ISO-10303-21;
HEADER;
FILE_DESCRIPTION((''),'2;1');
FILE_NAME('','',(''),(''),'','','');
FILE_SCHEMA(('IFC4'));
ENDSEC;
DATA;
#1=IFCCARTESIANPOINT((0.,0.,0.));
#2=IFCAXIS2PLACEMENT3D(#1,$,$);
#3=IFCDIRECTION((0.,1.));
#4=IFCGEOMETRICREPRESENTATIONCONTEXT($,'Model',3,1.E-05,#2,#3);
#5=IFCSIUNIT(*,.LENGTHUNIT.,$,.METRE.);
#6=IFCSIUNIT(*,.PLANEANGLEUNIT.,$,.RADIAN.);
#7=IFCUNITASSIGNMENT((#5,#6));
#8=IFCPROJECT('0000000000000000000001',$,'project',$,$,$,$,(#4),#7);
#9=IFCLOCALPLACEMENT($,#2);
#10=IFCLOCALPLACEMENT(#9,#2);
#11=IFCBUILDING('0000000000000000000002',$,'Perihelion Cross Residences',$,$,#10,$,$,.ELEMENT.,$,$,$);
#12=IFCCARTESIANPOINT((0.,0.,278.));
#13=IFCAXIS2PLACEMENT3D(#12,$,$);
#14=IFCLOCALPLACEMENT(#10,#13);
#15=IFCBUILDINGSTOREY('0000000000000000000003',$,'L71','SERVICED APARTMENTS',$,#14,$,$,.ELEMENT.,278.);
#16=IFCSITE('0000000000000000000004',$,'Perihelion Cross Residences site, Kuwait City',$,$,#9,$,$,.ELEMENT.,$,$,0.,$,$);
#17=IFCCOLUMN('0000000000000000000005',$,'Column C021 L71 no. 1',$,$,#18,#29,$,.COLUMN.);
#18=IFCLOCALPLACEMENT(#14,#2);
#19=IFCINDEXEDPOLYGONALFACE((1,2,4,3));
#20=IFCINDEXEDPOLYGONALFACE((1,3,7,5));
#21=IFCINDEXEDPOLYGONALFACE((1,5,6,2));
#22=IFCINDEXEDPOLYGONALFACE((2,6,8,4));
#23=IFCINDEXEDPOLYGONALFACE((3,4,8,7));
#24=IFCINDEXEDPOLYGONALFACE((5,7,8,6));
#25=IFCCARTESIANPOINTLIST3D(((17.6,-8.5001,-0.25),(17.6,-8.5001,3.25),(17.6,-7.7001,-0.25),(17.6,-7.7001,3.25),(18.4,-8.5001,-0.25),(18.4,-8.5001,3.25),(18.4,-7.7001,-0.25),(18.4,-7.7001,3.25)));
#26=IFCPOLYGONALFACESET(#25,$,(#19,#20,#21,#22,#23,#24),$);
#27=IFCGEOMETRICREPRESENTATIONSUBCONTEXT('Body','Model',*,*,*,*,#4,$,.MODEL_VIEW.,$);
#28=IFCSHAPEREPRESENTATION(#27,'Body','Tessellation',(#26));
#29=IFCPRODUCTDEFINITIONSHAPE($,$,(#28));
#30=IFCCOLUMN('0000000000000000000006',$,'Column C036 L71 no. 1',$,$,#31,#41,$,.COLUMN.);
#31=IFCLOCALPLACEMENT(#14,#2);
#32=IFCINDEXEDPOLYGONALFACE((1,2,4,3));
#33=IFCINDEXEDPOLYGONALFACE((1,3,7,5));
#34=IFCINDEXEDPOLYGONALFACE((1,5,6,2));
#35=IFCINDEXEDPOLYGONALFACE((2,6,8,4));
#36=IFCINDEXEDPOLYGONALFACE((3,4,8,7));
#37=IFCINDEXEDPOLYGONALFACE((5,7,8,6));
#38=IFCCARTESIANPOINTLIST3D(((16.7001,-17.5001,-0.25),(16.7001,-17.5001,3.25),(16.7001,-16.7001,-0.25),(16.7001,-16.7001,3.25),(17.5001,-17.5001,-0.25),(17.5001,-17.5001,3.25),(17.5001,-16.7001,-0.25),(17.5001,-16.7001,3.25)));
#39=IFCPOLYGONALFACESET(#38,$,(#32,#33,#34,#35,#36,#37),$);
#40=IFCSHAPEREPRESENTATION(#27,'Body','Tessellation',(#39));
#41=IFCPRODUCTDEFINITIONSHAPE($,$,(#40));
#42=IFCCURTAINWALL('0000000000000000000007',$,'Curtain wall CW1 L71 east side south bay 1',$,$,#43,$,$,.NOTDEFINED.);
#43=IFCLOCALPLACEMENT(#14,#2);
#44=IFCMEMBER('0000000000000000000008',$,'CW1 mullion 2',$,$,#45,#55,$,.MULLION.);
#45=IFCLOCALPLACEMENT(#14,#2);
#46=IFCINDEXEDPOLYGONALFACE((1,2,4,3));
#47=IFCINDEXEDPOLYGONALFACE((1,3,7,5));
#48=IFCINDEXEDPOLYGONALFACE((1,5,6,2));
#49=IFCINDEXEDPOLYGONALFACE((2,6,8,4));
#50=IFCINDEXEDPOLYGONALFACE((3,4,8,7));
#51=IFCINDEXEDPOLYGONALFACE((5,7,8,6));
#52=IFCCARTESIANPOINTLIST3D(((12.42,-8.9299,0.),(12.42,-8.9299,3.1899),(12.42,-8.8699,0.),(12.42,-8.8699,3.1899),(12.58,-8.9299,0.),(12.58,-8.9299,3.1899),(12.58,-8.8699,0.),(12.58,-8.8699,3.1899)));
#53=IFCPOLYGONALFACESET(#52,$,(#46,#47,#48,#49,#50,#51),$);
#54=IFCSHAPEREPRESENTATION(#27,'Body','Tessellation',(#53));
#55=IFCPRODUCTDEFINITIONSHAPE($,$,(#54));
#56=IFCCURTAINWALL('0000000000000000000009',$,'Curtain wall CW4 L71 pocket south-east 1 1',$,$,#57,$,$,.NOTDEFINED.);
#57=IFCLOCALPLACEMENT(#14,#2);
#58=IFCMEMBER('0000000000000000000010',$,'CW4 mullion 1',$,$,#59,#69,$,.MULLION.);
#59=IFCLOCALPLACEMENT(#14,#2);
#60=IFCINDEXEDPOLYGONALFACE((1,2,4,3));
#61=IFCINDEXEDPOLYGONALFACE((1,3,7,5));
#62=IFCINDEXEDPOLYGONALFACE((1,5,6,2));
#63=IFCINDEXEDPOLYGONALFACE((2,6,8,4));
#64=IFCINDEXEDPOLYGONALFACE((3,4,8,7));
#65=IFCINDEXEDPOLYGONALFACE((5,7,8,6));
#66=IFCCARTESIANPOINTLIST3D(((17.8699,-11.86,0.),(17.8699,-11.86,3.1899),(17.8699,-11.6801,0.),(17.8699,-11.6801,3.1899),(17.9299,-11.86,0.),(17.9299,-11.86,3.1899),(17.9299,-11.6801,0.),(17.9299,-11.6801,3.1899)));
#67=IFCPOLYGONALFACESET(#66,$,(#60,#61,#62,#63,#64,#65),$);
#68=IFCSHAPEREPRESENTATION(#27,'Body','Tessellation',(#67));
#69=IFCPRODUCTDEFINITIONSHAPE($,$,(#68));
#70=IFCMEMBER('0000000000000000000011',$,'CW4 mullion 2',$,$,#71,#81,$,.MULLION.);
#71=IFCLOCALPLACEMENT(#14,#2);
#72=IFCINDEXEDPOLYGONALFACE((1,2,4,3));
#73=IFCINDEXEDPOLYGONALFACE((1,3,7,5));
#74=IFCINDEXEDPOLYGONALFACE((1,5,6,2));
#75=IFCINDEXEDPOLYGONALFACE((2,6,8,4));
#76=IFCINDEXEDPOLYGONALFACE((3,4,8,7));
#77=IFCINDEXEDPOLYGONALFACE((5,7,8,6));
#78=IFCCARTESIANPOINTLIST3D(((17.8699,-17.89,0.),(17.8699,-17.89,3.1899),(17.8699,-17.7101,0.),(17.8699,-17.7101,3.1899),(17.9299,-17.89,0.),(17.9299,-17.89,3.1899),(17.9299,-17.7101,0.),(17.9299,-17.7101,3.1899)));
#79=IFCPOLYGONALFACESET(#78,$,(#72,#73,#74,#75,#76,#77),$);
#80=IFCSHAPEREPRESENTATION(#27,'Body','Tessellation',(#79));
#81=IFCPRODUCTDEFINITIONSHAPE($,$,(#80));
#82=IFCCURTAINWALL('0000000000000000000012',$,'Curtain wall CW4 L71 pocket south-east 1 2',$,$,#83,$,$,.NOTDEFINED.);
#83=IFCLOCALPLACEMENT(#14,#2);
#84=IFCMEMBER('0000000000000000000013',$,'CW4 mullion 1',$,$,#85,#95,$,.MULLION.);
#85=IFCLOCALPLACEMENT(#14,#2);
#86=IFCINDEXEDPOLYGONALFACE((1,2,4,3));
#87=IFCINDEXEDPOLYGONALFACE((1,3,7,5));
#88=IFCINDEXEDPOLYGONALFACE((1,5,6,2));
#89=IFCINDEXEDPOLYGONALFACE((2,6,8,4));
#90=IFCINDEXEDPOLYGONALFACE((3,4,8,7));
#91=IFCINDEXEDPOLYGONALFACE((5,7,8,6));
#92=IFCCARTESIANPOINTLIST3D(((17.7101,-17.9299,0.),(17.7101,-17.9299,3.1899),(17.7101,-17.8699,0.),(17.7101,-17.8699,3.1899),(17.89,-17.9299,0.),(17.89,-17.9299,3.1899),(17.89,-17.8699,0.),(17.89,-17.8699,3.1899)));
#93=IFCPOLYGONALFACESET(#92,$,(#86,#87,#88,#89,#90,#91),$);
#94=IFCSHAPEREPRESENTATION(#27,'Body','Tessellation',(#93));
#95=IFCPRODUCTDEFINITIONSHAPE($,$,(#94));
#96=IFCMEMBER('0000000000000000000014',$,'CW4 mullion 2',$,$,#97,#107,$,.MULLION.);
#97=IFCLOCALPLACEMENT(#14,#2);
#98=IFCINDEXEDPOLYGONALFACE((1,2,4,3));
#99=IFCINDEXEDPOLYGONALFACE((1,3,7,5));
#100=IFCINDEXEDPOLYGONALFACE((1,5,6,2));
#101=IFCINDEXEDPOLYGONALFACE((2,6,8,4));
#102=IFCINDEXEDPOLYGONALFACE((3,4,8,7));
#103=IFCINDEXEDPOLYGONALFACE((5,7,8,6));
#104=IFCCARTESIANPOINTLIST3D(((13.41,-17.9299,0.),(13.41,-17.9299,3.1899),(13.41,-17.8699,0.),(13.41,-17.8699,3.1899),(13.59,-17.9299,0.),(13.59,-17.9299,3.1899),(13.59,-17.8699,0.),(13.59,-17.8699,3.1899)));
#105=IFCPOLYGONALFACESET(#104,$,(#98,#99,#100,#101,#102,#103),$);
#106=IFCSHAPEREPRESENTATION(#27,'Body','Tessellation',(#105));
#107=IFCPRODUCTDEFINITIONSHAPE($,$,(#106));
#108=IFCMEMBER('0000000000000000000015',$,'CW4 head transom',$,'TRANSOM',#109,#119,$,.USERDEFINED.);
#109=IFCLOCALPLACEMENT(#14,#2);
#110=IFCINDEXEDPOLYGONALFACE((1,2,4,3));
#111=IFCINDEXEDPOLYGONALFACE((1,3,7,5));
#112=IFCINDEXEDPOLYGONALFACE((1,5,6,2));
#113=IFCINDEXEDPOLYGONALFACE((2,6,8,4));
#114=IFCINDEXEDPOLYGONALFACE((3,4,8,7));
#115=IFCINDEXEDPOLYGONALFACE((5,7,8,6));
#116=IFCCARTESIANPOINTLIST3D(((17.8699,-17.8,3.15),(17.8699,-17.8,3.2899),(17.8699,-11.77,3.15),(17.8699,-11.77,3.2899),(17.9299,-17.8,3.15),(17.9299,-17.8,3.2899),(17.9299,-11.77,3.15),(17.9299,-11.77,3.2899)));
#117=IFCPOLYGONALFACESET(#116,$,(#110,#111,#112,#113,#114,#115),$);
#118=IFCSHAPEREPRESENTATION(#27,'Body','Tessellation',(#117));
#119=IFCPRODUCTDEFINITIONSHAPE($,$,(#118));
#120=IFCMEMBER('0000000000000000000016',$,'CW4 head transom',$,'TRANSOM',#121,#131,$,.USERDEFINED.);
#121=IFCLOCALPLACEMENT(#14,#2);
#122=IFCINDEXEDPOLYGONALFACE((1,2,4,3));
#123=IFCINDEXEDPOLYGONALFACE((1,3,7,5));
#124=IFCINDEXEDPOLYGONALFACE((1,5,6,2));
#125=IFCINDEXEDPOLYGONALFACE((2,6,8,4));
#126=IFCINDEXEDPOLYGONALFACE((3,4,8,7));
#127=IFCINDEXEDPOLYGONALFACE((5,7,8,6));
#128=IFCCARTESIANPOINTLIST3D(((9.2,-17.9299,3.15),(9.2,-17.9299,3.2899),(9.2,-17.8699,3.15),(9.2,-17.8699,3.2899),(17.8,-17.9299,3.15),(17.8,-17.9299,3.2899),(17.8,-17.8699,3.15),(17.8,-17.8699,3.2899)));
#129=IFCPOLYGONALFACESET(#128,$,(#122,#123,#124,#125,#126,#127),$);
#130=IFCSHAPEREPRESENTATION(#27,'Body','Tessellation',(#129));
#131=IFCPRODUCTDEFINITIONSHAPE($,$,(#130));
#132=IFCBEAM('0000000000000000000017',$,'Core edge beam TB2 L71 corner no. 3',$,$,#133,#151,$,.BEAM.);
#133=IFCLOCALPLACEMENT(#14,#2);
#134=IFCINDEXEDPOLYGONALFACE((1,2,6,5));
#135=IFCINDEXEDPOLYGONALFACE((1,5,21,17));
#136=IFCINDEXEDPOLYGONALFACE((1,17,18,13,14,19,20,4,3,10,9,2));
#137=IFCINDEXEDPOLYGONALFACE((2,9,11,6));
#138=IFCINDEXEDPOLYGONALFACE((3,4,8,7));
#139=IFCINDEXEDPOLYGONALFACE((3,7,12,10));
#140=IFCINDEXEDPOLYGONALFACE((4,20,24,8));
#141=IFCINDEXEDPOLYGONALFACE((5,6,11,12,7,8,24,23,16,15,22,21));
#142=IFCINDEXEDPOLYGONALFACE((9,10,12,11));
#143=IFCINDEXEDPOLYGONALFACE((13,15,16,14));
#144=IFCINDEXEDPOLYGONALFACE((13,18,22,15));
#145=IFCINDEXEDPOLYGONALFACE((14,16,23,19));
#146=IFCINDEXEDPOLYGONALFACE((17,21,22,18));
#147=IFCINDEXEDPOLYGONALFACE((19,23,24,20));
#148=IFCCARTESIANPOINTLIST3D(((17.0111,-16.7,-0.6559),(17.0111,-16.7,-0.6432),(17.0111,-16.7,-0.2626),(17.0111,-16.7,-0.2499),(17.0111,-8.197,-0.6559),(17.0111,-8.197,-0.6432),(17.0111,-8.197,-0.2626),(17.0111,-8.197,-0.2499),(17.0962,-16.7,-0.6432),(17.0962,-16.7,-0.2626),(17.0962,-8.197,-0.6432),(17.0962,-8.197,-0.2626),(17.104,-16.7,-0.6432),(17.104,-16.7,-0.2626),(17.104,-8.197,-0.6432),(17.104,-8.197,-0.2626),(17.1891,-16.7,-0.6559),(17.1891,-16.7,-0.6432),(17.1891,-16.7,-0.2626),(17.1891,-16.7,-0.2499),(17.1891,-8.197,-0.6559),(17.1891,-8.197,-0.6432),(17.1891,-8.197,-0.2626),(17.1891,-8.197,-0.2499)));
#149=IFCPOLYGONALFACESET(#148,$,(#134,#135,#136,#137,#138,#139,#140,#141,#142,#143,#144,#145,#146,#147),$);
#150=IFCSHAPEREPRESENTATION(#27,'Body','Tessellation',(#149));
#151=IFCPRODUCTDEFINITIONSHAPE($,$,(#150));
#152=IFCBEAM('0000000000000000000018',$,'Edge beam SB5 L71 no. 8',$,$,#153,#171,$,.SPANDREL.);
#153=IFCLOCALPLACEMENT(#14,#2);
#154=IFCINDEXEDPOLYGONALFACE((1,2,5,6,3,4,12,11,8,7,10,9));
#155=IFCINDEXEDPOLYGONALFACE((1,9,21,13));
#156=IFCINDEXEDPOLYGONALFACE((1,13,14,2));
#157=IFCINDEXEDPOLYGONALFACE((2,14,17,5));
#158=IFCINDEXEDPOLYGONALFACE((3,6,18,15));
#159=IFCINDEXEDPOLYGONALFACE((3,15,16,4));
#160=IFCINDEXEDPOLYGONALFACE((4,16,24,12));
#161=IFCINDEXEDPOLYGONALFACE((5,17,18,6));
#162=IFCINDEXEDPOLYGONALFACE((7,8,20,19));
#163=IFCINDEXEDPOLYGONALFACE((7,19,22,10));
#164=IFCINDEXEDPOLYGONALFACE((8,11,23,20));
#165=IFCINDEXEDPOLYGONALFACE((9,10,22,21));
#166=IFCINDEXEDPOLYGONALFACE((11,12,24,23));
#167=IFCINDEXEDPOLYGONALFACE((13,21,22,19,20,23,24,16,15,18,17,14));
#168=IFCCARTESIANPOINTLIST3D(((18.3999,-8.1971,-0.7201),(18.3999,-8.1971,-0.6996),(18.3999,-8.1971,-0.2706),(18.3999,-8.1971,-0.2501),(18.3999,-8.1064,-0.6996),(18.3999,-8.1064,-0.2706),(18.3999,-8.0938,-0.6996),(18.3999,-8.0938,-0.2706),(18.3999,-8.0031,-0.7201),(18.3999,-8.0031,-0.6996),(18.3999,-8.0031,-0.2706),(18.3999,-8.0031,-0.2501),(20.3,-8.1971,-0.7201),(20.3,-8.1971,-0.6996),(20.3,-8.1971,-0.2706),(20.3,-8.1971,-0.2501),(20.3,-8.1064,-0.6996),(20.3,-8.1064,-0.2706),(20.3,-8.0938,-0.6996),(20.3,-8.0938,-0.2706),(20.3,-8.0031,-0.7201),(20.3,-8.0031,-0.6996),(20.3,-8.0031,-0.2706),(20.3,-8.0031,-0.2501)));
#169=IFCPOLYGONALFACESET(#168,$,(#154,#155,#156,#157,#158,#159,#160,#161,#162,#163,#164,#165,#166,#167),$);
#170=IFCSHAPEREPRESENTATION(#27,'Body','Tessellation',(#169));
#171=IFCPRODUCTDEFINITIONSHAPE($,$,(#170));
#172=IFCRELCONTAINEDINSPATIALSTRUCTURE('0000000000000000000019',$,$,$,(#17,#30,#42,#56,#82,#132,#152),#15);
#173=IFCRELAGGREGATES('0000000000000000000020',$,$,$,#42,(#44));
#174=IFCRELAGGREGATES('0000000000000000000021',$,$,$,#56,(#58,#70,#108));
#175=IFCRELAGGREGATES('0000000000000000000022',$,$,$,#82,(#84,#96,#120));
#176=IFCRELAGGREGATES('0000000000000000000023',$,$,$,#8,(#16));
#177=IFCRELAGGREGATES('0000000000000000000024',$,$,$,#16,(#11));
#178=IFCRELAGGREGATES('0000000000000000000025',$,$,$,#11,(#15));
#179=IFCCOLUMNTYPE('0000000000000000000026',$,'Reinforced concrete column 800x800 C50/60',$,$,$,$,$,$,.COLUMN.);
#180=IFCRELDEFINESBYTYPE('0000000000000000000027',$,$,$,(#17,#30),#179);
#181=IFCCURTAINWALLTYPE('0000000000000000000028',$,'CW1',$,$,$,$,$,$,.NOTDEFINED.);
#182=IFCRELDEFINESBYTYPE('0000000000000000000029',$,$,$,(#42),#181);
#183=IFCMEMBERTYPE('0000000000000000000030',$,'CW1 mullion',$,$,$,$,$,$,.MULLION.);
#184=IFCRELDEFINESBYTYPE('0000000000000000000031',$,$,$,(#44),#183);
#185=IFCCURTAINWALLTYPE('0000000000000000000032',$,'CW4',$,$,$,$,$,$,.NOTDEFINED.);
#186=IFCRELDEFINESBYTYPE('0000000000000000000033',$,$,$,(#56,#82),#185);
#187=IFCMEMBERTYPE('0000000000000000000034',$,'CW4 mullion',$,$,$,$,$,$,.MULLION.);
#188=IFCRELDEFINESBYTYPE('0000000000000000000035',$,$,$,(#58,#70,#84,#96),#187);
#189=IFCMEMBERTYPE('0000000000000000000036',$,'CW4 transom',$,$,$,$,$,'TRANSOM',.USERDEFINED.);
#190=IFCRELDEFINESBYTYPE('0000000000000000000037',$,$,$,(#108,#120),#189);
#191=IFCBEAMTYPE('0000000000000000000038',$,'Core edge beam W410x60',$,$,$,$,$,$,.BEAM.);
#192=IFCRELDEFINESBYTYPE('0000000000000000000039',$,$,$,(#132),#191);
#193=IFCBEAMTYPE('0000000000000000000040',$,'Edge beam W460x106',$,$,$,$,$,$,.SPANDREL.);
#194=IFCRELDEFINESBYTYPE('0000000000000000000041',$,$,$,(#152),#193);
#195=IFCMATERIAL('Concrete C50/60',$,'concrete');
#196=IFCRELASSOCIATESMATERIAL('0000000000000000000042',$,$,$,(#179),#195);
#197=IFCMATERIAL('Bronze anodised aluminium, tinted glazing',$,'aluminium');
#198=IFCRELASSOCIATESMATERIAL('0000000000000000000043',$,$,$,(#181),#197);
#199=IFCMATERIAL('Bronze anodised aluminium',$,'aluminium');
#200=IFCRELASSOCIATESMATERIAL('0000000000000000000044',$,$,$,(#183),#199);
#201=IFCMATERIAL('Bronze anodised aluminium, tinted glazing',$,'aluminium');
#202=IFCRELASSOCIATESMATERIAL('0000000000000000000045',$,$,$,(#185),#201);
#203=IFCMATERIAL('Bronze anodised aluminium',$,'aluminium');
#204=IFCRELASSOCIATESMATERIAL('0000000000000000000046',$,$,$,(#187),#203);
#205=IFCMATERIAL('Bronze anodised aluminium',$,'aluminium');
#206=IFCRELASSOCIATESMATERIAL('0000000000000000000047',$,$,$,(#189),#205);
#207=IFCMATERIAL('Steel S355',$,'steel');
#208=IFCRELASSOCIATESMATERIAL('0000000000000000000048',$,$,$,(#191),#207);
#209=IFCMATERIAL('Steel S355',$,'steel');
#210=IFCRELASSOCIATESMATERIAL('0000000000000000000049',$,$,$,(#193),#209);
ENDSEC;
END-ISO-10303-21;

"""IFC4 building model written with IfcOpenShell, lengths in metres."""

from ifc_helpers import new_model, si_unit, direction, frame, origin, origin_2d, place, context, subcontext, project, spatial, rectangle, i_section, extrude, material, material_profile, profile_set, type_object, element, aggregate, save


model = new_model("IFC4")

# Units and contexts
model_context = context("Model", 3, precision=1e-05, world=origin(), true_north=direction((0.0, 1.0)))
body_context = subcontext(model_context, "Body", "Model", "MODEL_VIEW")
ifc_project = project(units=[si_unit("LENGTHUNIT", "METRE"), si_unit("PLANEANGLEUNIT", "RADIAN")], contexts=[model_context])

# Site, building, storey
site_placement = place(None, origin())
site = spatial("IfcSite", under=ifc_project, at=site_placement, Name="Perihelion Cross Residences site, Kuwait City", CompositionType="ELEMENT", RefElevation=0.0)
building_placement = place(site_placement, origin())
building = spatial("IfcBuilding", under=site, at=building_placement, Name="Perihelion Cross Residences", CompositionType="ELEMENT")
storey_placement = place(building_placement, frame((0.0, 0.0, 278.0)))
storey = spatial("IfcBuildingStorey", under=building, at=storey_placement, Name="L71", Description="SERVICED APARTMENTS", CompositionType="ELEMENT", Elevation=278.0)

# Columns
ifc_material_1 = material(Name="Concrete C50/60", Category="concrete")
ifc_material_profile_1 = material_profile(ifc_material_1, rectangle(XDim=0.8, YDim=0.8, at=origin_2d()), Name="RC 800x800")
ifc_profile_set_1 = profile_set([ifc_material_profile_1], Name="Concrete C50/60")
column_type = type_object("IfcColumnType", Name="Reinforced concrete column 800x800 C50/60", PredefinedType="COLUMN", material=ifc_profile_set_1)
for number, where, z_axis, x_axis, name in (
    (1, (18.0, -8.1001, -0.25), (0.0, 0.0, 1.0), (1.0, 0.0, 0.0), "Column C021 L71 no. 1"),
    (2, (17.1001, -17.1001, -0.25), (0.0, 0.0, 1.0), (1.0, 0.0, 0.0), "Column C036 L71 no. 1"),
):
    element("IfcColumn", number, at=place(storey_placement, frame(where, z_axis=z_axis, x_axis=x_axis)), inside=storey, type_object=column_type, Name=name, PredefinedType="COLUMN", context=body_context, shape_type="SweptSolid", body=[
        extrude(rectangle(XDim=0.8, YDim=0.8, at=origin_2d()), origin(), (0.0, 0.0, 1.0), 3.5),
    ])

# Curtain wall, member
ifc_material_2 = material(Name="Bronze anodised aluminium, tinted glazing", Category="aluminium")
curtain_wall_type_1 = type_object("IfcCurtainWallType", Name="CW1", PredefinedType="NOTDEFINED", material=ifc_material_2)
curtain_wall_1_placement = place(storey_placement, origin())
curtain_wall_1 = element("IfcCurtainWall", 3, at=curtain_wall_1_placement, inside=storey, type_object=curtain_wall_type_1, Name="Curtain wall CW1 L71 east side south bay 1", PredefinedType="NOTDEFINED")
ifc_material_3 = material(Name="Bronze anodised aluminium", Category="aluminium")
ifc_material_profile_2 = material_profile(ifc_material_3, rectangle(XDim=0.0601, YDim=0.1599, at=origin_2d()), Name="CW1 mullion")
ifc_profile_set_2 = profile_set([ifc_material_profile_2], Name="Bronze anodised aluminium")
member_type_1 = type_object("IfcMemberType", Name="CW1 mullion", PredefinedType="MULLION", material=ifc_profile_set_2)
member_1_placement = place(storey_placement, frame((12.5, -8.8999, 0.0), z_axis=(0.0, 0.0, 1.0), x_axis=(0.0, 1.0, 0.0)))
member_1 = element("IfcMember", 4, at=member_1_placement, type_object=member_type_1, Name="CW1 mullion 2", PredefinedType="MULLION", context=body_context, shape_type="SweptSolid", body=[
    extrude(rectangle(XDim=0.0601, YDim=0.1599, at=origin_2d()), origin(), (0.0, 0.0, 1.0), 3.1899),
])

# Curtain walls, members
ifc_material_4 = material(Name="Bronze anodised aluminium, tinted glazing", Category="aluminium")
curtain_wall_type_2 = type_object("IfcCurtainWallType", Name="CW4", PredefinedType="NOTDEFINED", material=ifc_material_4)
curtain_wall_2_placement = place(storey_placement, origin())
curtain_wall_2 = element("IfcCurtainWall", 5, at=curtain_wall_2_placement, inside=storey, type_object=curtain_wall_type_2, Name="Curtain wall CW4 L71 pocket south-east 1 1", PredefinedType="NOTDEFINED")
ifc_material_5 = material(Name="Bronze anodised aluminium", Category="aluminium")
ifc_material_profile_3 = material_profile(ifc_material_5, rectangle(XDim=0.0601, YDim=0.1799, at=origin_2d()), Name="CW4 mullion")
ifc_profile_set_3 = profile_set([ifc_material_profile_3], Name="Bronze anodised aluminium")
member_type_2 = type_object("IfcMemberType", Name="CW4 mullion", PredefinedType="MULLION", material=ifc_profile_set_3)
member_2_placement = place(storey_placement, frame((17.8999, -11.77, 0.0), z_axis=(0.0, 0.0, 1.0), x_axis=(1.0, 0.0, 0.0)))
member_2 = element("IfcMember", 6, at=member_2_placement, type_object=member_type_2, Name="CW4 mullion 1", PredefinedType="MULLION", context=body_context, shape_type="SweptSolid", body=[
    extrude(rectangle(XDim=0.0601, YDim=0.1799, at=origin_2d()), origin(), (0.0, 0.0, 1.0), 3.1899),
])
member_3_placement = place(storey_placement, frame((17.8999, -17.8, 0.0), z_axis=(0.0, 0.0, 1.0), x_axis=(1.0, 0.0, 0.0)))
member_3 = element("IfcMember", 7, at=member_3_placement, type_object=member_type_2, Name="CW4 mullion 2", PredefinedType="MULLION", context=body_context, shape_type="SweptSolid", body=[
    extrude(rectangle(XDim=0.0601, YDim=0.1799, at=origin_2d()), origin(), (0.0, 0.0, 1.0), 3.1899),
])
curtain_wall_3_placement = place(storey_placement, origin())
curtain_wall_3 = element("IfcCurtainWall", 8, at=curtain_wall_3_placement, inside=storey, type_object=curtain_wall_type_2, Name="Curtain wall CW4 L71 pocket south-east 1 2", PredefinedType="NOTDEFINED")
member_4_placement = place(storey_placement, frame((17.8, -17.8999, 0.0), z_axis=(0.0, 0.0, 1.0), x_axis=(0.0, -1.0, 0.0)))
member_4 = element("IfcMember", 9, at=member_4_placement, type_object=member_type_2, Name="CW4 mullion 1", PredefinedType="MULLION", context=body_context, shape_type="SweptSolid", body=[
    extrude(rectangle(XDim=0.0601, YDim=0.1799, at=origin_2d()), origin(), (0.0, 0.0, 1.0), 3.1899),
])
member_5_placement = place(storey_placement, frame((13.5, -17.8999, 0.0), z_axis=(0.0, 0.0, 1.0), x_axis=(0.0, -1.0, 0.0)))
member_5 = element("IfcMember", 10, at=member_5_placement, type_object=member_type_2, Name="CW4 mullion 2", PredefinedType="MULLION", context=body_context, shape_type="SweptSolid", body=[
    extrude(rectangle(XDim=0.0601, YDim=0.1799, at=origin_2d()), origin(), (0.0, 0.0, 1.0), 3.1899),
])

# Members
ifc_material_6 = material(Name="Bronze anodised aluminium", Category="aluminium")
ifc_material_profile_4 = material_profile(ifc_material_6, rectangle(XDim=0.0601, YDim=0.1399, at=origin_2d()), Name="CW4 transom")
ifc_profile_set_4 = profile_set([ifc_material_profile_4], Name="Bronze anodised aluminium")
member_type_3 = type_object("IfcMemberType", Name="CW4 transom", ElementType="TRANSOM", PredefinedType="USERDEFINED", material=ifc_profile_set_4)
member_6_placement = place(storey_placement, frame((17.8999, -11.77, 3.22), z_axis=(0.0, -1.0, 0.0), x_axis=(1.0, 0.0, 0.0)))
member_6 = element("IfcMember", 11, at=member_6_placement, type_object=member_type_3, Name="CW4 head transom", ObjectType="TRANSOM", PredefinedType="USERDEFINED", context=body_context, shape_type="SweptSolid", body=[
    extrude(rectangle(XDim=0.0601, YDim=0.1399, at=origin_2d()), origin(), (0.0, 0.0, 1.0), 6.03),
])
member_7_placement = place(storey_placement, frame((17.8, -17.8999, 3.22), z_axis=(-1.0, 0.0, 0.0), x_axis=(0.0, -1.0, 0.0)))
member_7 = element("IfcMember", 12, at=member_7_placement, type_object=member_type_3, Name="CW4 head transom", ObjectType="TRANSOM", PredefinedType="USERDEFINED", context=body_context, shape_type="SweptSolid", body=[
    extrude(rectangle(XDim=0.0601, YDim=0.1399, at=origin_2d()), origin(), (0.0, 0.0, 1.0), 8.6001),
])

# Beams
ifc_material_7 = material(Name="Steel S355", Category="steel")
ifc_material_profile_5 = material_profile(ifc_material_7, i_section(OverallWidth=0.178, OverallDepth=0.406, WebThickness=0.0078, FlangeThickness=0.0127, at=origin_2d()), Name="W410x60")
ifc_profile_set_5 = profile_set([ifc_material_profile_5], Name="Steel S355")
beam_type_1 = type_object("IfcBeamType", Name="Core edge beam W410x60", PredefinedType="BEAM", material=ifc_profile_set_5)
beam_1_placement = place(storey_placement, frame((17.1001, -8.197, -0.4529), z_axis=(0.0, -1.0, 0.0), x_axis=(1.0, 0.0, 0.0)))
element("IfcBeam", 13, at=beam_1_placement, inside=storey, type_object=beam_type_1, Name="Core edge beam TB2 L71 corner no. 3", PredefinedType="BEAM", context=body_context, shape_type="SweptSolid", body=[
    extrude(i_section(OverallWidth=0.178, OverallDepth=0.406, WebThickness=0.0078, FlangeThickness=0.0127, at=origin_2d()), origin(), (0.0, 0.0, 1.0), 8.5029),
])
ifc_material_8 = material(Name="Steel S355", Category="steel")
ifc_material_profile_6 = material_profile(ifc_material_8, i_section(OverallWidth=0.1941, OverallDepth=0.47, WebThickness=0.0127, FlangeThickness=0.0205, at=origin_2d()), Name="W460x106")
ifc_profile_set_6 = profile_set([ifc_material_profile_6], Name="Steel S355")
beam_type_2 = type_object("IfcBeamType", Name="Edge beam W460x106", PredefinedType="SPANDREL", material=ifc_profile_set_6)
beam_2_placement = place(storey_placement, frame((18.3999, -8.1001, -0.4851), z_axis=(1.0, 0.0, 0.0), x_axis=(0.0, 1.0, 0.0)))
element("IfcBeam", 14, at=beam_2_placement, inside=storey, type_object=beam_type_2, Name="Edge beam SB5 L71 no. 8", PredefinedType="SPANDREL", context=body_context, shape_type="SweptSolid", body=[
    extrude(i_section(OverallWidth=0.1941, OverallDepth=0.47, WebThickness=0.0127, FlangeThickness=0.0205, at=origin_2d()), origin(), (0.0, 0.0, 1.0), 1.9001),
])

aggregate(curtain_wall_1, [member_1])
aggregate(curtain_wall_2, [member_2, member_3, member_6])
aggregate(curtain_wall_3, [member_4, member_5, member_7])

save(model, "model.ifc")
